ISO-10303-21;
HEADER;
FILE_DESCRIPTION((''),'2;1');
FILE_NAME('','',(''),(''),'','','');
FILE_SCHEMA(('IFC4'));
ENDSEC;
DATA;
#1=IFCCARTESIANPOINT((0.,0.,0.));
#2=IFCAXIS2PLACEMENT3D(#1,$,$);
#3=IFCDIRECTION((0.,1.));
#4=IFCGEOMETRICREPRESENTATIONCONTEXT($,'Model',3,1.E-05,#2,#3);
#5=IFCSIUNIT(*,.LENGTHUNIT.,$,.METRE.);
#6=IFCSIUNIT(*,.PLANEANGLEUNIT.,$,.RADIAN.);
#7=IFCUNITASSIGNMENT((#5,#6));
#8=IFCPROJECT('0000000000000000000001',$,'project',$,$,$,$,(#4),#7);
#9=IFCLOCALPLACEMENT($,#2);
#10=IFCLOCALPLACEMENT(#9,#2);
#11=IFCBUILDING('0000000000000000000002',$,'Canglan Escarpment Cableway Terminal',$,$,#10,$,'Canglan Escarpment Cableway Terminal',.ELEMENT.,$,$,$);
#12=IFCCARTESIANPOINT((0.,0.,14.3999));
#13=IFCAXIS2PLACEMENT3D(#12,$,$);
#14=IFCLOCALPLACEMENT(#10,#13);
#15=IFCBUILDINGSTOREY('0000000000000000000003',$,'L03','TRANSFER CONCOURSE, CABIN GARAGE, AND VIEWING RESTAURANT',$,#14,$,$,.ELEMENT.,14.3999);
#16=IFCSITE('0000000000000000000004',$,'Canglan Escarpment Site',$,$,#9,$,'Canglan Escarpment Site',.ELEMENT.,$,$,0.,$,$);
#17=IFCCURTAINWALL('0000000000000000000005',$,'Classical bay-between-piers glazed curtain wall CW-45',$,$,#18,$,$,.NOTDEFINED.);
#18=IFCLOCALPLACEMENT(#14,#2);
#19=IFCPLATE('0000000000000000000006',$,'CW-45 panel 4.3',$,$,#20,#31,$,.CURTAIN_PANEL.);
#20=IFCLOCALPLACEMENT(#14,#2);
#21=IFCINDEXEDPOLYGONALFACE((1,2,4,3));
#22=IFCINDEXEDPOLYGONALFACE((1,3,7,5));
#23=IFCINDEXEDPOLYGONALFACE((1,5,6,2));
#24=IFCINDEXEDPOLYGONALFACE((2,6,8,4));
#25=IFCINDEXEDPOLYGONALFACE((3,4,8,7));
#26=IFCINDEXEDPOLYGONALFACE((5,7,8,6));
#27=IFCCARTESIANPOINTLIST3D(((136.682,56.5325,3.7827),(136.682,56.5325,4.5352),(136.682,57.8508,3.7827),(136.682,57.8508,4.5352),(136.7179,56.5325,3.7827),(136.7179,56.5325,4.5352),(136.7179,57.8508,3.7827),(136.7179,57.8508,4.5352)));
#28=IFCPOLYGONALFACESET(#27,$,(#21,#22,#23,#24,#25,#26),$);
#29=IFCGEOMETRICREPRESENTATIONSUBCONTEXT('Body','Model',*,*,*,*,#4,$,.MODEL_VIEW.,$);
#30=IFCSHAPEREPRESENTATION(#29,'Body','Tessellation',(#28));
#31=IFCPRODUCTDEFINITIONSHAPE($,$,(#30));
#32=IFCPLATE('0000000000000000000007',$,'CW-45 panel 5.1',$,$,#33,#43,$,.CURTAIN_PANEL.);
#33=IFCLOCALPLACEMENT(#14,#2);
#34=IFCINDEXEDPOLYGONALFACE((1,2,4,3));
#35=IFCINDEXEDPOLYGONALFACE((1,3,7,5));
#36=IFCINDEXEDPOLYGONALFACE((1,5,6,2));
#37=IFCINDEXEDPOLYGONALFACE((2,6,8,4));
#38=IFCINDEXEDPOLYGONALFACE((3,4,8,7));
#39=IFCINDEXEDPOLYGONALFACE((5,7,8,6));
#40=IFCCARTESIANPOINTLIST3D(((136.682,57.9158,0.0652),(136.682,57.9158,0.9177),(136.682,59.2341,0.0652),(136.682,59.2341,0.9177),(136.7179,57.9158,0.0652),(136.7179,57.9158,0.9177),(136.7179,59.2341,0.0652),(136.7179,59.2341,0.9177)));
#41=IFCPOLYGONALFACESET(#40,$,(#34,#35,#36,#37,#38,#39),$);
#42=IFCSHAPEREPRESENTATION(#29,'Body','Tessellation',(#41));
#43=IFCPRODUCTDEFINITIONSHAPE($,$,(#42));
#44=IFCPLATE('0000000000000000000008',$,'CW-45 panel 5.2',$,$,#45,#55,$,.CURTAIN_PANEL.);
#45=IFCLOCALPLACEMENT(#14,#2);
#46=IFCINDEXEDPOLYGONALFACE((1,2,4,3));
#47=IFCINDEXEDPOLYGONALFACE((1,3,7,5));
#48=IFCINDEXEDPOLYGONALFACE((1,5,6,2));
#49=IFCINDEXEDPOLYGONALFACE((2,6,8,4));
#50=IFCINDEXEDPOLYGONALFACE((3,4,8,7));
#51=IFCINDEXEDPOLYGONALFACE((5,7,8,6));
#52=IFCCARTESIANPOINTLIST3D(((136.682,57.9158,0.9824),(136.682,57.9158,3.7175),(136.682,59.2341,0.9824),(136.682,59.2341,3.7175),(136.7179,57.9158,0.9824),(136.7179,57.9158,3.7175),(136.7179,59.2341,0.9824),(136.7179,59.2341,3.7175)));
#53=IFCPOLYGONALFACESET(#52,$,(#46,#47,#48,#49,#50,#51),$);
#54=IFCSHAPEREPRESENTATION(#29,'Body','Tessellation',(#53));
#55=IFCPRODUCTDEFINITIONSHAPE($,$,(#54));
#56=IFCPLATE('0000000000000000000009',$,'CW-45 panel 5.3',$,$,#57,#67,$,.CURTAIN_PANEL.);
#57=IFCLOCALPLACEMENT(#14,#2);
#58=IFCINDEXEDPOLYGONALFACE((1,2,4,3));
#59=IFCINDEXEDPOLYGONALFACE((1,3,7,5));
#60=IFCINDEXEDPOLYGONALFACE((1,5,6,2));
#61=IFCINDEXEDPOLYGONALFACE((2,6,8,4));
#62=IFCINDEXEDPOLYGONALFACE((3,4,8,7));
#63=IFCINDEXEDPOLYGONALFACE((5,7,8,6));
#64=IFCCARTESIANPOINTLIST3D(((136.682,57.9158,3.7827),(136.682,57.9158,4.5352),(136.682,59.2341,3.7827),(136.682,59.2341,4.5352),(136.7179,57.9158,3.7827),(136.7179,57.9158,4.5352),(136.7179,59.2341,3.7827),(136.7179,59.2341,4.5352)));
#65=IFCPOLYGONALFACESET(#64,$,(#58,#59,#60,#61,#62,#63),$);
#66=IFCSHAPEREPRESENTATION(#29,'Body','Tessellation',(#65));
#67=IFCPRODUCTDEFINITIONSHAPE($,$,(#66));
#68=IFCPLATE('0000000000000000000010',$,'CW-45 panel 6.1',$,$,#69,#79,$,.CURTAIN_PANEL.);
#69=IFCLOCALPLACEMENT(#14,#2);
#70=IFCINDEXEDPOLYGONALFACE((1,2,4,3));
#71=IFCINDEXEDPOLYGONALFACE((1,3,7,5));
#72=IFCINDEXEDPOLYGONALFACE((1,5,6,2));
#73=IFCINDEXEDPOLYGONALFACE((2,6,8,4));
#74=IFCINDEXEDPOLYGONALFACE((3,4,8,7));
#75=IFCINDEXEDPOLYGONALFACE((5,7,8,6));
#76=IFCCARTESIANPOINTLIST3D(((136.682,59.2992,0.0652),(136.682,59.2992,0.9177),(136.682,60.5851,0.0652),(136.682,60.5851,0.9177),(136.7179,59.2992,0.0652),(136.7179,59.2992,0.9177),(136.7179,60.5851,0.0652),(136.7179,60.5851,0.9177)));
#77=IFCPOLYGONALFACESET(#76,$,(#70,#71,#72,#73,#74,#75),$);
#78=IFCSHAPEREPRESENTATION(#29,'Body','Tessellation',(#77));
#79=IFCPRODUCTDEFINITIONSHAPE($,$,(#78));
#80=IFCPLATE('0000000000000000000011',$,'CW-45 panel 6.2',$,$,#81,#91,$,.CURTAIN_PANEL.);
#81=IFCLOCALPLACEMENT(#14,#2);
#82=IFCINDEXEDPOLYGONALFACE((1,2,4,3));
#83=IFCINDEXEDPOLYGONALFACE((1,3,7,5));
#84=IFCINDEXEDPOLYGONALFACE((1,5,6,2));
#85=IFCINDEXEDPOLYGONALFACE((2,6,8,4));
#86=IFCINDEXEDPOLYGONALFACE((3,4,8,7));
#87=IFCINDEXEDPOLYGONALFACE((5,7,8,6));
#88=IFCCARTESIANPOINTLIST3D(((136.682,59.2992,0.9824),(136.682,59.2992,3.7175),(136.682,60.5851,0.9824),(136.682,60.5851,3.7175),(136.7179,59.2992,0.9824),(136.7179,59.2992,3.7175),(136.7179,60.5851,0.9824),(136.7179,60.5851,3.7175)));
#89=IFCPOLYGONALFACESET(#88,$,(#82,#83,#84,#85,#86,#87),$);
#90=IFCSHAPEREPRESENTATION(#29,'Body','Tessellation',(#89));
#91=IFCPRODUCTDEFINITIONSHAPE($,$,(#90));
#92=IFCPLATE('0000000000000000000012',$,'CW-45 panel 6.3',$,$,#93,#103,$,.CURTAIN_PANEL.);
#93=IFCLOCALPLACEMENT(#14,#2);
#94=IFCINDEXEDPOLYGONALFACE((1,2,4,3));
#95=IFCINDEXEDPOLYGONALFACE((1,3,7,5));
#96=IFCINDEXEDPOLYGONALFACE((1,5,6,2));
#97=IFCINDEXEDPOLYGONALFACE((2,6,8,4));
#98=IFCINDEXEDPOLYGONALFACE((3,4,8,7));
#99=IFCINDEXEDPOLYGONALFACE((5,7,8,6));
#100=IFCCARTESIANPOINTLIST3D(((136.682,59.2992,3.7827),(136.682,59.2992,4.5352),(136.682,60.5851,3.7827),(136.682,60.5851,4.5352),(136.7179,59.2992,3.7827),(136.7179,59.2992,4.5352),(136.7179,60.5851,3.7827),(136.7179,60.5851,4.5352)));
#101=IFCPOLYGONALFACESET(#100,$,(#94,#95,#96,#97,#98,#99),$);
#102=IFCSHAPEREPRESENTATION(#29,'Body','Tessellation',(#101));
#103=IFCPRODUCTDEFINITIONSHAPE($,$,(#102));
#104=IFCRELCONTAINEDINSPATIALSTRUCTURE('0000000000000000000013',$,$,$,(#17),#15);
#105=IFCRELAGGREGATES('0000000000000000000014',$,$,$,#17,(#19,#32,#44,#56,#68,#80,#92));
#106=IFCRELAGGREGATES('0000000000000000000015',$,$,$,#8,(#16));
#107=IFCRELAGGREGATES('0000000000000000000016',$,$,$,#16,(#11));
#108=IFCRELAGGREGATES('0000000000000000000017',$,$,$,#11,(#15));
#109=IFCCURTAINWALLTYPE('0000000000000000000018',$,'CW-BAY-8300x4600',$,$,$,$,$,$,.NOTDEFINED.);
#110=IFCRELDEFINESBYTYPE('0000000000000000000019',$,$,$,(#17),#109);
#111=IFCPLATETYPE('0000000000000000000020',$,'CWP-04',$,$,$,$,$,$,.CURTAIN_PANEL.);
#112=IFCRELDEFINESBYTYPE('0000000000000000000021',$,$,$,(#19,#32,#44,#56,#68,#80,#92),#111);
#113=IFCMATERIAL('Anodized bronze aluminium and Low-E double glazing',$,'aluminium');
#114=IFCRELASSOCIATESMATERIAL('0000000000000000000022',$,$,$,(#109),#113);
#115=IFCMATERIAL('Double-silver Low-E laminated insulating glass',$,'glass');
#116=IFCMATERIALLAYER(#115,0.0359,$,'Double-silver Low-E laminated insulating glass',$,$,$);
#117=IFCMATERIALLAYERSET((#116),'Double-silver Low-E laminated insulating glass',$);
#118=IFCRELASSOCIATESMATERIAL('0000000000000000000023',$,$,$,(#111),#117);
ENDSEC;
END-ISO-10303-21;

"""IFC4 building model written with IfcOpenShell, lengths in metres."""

from ifc_helpers import new_model, si_unit, direction, frame, origin, origin_2d, place, context, subcontext, project, spatial, rectangle, extrude, material, layer, layer_set, type_object, element, aggregate, save


model = new_model("IFC4")

# Units and contexts
model_context = context("Model", 3, precision=1e-05, world=origin(), true_north=direction((0.0, 1.0)))
body_context = subcontext(model_context, "Body", "Model", "MODEL_VIEW")
ifc_project = project(units=[si_unit("LENGTHUNIT", "METRE"), si_unit("PLANEANGLEUNIT", "RADIAN")], contexts=[model_context])

# Site, building, storey
site_placement = place(None, origin())
site = spatial("IfcSite", under=ifc_project, at=site_placement, Name="Canglan Escarpment Site", LongName="Canglan Escarpment Site", CompositionType="ELEMENT", RefElevation=0.0)
building_placement = place(site_placement, origin())
building = spatial("IfcBuilding", under=site, at=building_placement, Name="Canglan Escarpment Cableway Terminal", LongName="Canglan Escarpment Cableway Terminal", CompositionType="ELEMENT")
storey_placement = place(building_placement, frame((0.0, 0.0, 14.3999)))
storey = spatial("IfcBuildingStorey", under=building, at=storey_placement, Name="L03", Description="TRANSFER CONCOURSE, CABIN GARAGE, AND VIEWING RESTAURANT", CompositionType="ELEMENT", Elevation=14.3999)

# Curtain wall, plates
ifc_material_1 = material(Name="Anodized bronze aluminium and Low-E double glazing", Category="aluminium")
curtain_wall_type = type_object("IfcCurtainWallType", Name="CW-BAY-8300x4600", PredefinedType="NOTDEFINED", material=ifc_material_1)
curtain_wall_placement = place(storey_placement, origin())
curtain_wall = element("IfcCurtainWall", 1, at=curtain_wall_placement, inside=storey, type_object=curtain_wall_type, Name="Classical bay-between-piers glazed curtain wall CW-45", PredefinedType="NOTDEFINED")
ifc_material_2 = material(Name="Double-silver Low-E laminated insulating glass", Category="glass")
ifc_layer = layer(ifc_material_2, 0.0359, Name="Double-silver Low-E laminated insulating glass")
ifc_layer_set = layer_set([ifc_layer], Name="Double-silver Low-E laminated insulating glass")
plate_type = type_object("IfcPlateType", Name="CWP-04", PredefinedType="CURTAIN_PANEL", material=ifc_layer_set)
plate_1_placement = place(storey_placement, frame((136.7, 57.1917, 3.7827), z_axis=(0.0, 0.0, 1.0), x_axis=(0.0, 1.0, 0.0)))
plate_1 = element("IfcPlate", 2, at=plate_1_placement, type_object=plate_type, Name="CW-45 panel 4.3", PredefinedType="CURTAIN_PANEL", context=body_context, shape_type="SweptSolid", body=[
    extrude(rectangle(XDim=1.3184, YDim=0.0359, at=origin_2d()), origin(), (0.0, 0.0, 1.0), 0.7524),
])
plate_2_placement = place(storey_placement, frame((136.7, 58.575, 0.0652), z_axis=(0.0, 0.0, 1.0), x_axis=(0.0, 1.0, 0.0)))
plate_2 = element("IfcPlate", 3, at=plate_2_placement, type_object=plate_type, Name="CW-45 panel 5.1", PredefinedType="CURTAIN_PANEL", context=body_context, shape_type="SweptSolid", body=[
    extrude(rectangle(XDim=1.3184, YDim=0.0359, at=origin_2d()), origin(), (0.0, 0.0, 1.0), 0.8525),
])
plate_3_placement = place(storey_placement, frame((136.7, 58.575, 0.9824), z_axis=(0.0, 0.0, 1.0), x_axis=(0.0, 1.0, 0.0)))
plate_3 = element("IfcPlate", 4, at=plate_3_placement, type_object=plate_type, Name="CW-45 panel 5.2", PredefinedType="CURTAIN_PANEL", context=body_context, shape_type="SweptSolid", body=[
    extrude(rectangle(XDim=1.3184, YDim=0.0359, at=origin_2d()), origin(), (0.0, 0.0, 1.0), 2.7351),
])
plate_4_placement = place(storey_placement, frame((136.7, 58.575, 3.7827), z_axis=(0.0, 0.0, 1.0), x_axis=(0.0, 1.0, 0.0)))
plate_4 = element("IfcPlate", 5, at=plate_4_placement, type_object=plate_type, Name="CW-45 panel 5.3", PredefinedType="CURTAIN_PANEL", context=body_context, shape_type="SweptSolid", body=[
    extrude(rectangle(XDim=1.3184, YDim=0.0359, at=origin_2d()), origin(), (0.0, 0.0, 1.0), 0.7524),
])
plate_5_placement = place(storey_placement, frame((136.7, 59.9421, 0.0652), z_axis=(0.0, 0.0, 1.0), x_axis=(0.0, 1.0, 0.0)))
plate_5 = element("IfcPlate", 6, at=plate_5_placement, type_object=plate_type, Name="CW-45 panel 6.1", PredefinedType="CURTAIN_PANEL", context=body_context, shape_type="SweptSolid", body=[
    extrude(rectangle(XDim=1.2859, YDim=0.0359, at=origin_2d()), origin(), (0.0, 0.0, 1.0), 0.8525),
])
plate_6_placement = place(storey_placement, frame((136.7, 59.9421, 0.9824), z_axis=(0.0, 0.0, 1.0), x_axis=(0.0, 1.0, 0.0)))
plate_6 = element("IfcPlate", 7, at=plate_6_placement, type_object=plate_type, Name="CW-45 panel 6.2", PredefinedType="CURTAIN_PANEL", context=body_context, shape_type="SweptSolid", body=[
    extrude(rectangle(XDim=1.2859, YDim=0.0359, at=origin_2d()), origin(), (0.0, 0.0, 1.0), 2.7351),
])
plate_7_placement = place(storey_placement, frame((136.7, 59.9421, 3.7827), z_axis=(0.0, 0.0, 1.0), x_axis=(0.0, 1.0, 0.0)))
plate_7 = element("IfcPlate", 8, at=plate_7_placement, type_object=plate_type, Name="CW-45 panel 6.3", PredefinedType="CURTAIN_PANEL", context=body_context, shape_type="SweptSolid", body=[
    extrude(rectangle(XDim=1.2859, YDim=0.0359, at=origin_2d()), origin(), (0.0, 0.0, 1.0), 0.7524),
])
aggregate(curtain_wall, [plate_1, plate_2, plate_3, plate_4, plate_5, plate_6, plate_7])

save(model, "model.ifc")
